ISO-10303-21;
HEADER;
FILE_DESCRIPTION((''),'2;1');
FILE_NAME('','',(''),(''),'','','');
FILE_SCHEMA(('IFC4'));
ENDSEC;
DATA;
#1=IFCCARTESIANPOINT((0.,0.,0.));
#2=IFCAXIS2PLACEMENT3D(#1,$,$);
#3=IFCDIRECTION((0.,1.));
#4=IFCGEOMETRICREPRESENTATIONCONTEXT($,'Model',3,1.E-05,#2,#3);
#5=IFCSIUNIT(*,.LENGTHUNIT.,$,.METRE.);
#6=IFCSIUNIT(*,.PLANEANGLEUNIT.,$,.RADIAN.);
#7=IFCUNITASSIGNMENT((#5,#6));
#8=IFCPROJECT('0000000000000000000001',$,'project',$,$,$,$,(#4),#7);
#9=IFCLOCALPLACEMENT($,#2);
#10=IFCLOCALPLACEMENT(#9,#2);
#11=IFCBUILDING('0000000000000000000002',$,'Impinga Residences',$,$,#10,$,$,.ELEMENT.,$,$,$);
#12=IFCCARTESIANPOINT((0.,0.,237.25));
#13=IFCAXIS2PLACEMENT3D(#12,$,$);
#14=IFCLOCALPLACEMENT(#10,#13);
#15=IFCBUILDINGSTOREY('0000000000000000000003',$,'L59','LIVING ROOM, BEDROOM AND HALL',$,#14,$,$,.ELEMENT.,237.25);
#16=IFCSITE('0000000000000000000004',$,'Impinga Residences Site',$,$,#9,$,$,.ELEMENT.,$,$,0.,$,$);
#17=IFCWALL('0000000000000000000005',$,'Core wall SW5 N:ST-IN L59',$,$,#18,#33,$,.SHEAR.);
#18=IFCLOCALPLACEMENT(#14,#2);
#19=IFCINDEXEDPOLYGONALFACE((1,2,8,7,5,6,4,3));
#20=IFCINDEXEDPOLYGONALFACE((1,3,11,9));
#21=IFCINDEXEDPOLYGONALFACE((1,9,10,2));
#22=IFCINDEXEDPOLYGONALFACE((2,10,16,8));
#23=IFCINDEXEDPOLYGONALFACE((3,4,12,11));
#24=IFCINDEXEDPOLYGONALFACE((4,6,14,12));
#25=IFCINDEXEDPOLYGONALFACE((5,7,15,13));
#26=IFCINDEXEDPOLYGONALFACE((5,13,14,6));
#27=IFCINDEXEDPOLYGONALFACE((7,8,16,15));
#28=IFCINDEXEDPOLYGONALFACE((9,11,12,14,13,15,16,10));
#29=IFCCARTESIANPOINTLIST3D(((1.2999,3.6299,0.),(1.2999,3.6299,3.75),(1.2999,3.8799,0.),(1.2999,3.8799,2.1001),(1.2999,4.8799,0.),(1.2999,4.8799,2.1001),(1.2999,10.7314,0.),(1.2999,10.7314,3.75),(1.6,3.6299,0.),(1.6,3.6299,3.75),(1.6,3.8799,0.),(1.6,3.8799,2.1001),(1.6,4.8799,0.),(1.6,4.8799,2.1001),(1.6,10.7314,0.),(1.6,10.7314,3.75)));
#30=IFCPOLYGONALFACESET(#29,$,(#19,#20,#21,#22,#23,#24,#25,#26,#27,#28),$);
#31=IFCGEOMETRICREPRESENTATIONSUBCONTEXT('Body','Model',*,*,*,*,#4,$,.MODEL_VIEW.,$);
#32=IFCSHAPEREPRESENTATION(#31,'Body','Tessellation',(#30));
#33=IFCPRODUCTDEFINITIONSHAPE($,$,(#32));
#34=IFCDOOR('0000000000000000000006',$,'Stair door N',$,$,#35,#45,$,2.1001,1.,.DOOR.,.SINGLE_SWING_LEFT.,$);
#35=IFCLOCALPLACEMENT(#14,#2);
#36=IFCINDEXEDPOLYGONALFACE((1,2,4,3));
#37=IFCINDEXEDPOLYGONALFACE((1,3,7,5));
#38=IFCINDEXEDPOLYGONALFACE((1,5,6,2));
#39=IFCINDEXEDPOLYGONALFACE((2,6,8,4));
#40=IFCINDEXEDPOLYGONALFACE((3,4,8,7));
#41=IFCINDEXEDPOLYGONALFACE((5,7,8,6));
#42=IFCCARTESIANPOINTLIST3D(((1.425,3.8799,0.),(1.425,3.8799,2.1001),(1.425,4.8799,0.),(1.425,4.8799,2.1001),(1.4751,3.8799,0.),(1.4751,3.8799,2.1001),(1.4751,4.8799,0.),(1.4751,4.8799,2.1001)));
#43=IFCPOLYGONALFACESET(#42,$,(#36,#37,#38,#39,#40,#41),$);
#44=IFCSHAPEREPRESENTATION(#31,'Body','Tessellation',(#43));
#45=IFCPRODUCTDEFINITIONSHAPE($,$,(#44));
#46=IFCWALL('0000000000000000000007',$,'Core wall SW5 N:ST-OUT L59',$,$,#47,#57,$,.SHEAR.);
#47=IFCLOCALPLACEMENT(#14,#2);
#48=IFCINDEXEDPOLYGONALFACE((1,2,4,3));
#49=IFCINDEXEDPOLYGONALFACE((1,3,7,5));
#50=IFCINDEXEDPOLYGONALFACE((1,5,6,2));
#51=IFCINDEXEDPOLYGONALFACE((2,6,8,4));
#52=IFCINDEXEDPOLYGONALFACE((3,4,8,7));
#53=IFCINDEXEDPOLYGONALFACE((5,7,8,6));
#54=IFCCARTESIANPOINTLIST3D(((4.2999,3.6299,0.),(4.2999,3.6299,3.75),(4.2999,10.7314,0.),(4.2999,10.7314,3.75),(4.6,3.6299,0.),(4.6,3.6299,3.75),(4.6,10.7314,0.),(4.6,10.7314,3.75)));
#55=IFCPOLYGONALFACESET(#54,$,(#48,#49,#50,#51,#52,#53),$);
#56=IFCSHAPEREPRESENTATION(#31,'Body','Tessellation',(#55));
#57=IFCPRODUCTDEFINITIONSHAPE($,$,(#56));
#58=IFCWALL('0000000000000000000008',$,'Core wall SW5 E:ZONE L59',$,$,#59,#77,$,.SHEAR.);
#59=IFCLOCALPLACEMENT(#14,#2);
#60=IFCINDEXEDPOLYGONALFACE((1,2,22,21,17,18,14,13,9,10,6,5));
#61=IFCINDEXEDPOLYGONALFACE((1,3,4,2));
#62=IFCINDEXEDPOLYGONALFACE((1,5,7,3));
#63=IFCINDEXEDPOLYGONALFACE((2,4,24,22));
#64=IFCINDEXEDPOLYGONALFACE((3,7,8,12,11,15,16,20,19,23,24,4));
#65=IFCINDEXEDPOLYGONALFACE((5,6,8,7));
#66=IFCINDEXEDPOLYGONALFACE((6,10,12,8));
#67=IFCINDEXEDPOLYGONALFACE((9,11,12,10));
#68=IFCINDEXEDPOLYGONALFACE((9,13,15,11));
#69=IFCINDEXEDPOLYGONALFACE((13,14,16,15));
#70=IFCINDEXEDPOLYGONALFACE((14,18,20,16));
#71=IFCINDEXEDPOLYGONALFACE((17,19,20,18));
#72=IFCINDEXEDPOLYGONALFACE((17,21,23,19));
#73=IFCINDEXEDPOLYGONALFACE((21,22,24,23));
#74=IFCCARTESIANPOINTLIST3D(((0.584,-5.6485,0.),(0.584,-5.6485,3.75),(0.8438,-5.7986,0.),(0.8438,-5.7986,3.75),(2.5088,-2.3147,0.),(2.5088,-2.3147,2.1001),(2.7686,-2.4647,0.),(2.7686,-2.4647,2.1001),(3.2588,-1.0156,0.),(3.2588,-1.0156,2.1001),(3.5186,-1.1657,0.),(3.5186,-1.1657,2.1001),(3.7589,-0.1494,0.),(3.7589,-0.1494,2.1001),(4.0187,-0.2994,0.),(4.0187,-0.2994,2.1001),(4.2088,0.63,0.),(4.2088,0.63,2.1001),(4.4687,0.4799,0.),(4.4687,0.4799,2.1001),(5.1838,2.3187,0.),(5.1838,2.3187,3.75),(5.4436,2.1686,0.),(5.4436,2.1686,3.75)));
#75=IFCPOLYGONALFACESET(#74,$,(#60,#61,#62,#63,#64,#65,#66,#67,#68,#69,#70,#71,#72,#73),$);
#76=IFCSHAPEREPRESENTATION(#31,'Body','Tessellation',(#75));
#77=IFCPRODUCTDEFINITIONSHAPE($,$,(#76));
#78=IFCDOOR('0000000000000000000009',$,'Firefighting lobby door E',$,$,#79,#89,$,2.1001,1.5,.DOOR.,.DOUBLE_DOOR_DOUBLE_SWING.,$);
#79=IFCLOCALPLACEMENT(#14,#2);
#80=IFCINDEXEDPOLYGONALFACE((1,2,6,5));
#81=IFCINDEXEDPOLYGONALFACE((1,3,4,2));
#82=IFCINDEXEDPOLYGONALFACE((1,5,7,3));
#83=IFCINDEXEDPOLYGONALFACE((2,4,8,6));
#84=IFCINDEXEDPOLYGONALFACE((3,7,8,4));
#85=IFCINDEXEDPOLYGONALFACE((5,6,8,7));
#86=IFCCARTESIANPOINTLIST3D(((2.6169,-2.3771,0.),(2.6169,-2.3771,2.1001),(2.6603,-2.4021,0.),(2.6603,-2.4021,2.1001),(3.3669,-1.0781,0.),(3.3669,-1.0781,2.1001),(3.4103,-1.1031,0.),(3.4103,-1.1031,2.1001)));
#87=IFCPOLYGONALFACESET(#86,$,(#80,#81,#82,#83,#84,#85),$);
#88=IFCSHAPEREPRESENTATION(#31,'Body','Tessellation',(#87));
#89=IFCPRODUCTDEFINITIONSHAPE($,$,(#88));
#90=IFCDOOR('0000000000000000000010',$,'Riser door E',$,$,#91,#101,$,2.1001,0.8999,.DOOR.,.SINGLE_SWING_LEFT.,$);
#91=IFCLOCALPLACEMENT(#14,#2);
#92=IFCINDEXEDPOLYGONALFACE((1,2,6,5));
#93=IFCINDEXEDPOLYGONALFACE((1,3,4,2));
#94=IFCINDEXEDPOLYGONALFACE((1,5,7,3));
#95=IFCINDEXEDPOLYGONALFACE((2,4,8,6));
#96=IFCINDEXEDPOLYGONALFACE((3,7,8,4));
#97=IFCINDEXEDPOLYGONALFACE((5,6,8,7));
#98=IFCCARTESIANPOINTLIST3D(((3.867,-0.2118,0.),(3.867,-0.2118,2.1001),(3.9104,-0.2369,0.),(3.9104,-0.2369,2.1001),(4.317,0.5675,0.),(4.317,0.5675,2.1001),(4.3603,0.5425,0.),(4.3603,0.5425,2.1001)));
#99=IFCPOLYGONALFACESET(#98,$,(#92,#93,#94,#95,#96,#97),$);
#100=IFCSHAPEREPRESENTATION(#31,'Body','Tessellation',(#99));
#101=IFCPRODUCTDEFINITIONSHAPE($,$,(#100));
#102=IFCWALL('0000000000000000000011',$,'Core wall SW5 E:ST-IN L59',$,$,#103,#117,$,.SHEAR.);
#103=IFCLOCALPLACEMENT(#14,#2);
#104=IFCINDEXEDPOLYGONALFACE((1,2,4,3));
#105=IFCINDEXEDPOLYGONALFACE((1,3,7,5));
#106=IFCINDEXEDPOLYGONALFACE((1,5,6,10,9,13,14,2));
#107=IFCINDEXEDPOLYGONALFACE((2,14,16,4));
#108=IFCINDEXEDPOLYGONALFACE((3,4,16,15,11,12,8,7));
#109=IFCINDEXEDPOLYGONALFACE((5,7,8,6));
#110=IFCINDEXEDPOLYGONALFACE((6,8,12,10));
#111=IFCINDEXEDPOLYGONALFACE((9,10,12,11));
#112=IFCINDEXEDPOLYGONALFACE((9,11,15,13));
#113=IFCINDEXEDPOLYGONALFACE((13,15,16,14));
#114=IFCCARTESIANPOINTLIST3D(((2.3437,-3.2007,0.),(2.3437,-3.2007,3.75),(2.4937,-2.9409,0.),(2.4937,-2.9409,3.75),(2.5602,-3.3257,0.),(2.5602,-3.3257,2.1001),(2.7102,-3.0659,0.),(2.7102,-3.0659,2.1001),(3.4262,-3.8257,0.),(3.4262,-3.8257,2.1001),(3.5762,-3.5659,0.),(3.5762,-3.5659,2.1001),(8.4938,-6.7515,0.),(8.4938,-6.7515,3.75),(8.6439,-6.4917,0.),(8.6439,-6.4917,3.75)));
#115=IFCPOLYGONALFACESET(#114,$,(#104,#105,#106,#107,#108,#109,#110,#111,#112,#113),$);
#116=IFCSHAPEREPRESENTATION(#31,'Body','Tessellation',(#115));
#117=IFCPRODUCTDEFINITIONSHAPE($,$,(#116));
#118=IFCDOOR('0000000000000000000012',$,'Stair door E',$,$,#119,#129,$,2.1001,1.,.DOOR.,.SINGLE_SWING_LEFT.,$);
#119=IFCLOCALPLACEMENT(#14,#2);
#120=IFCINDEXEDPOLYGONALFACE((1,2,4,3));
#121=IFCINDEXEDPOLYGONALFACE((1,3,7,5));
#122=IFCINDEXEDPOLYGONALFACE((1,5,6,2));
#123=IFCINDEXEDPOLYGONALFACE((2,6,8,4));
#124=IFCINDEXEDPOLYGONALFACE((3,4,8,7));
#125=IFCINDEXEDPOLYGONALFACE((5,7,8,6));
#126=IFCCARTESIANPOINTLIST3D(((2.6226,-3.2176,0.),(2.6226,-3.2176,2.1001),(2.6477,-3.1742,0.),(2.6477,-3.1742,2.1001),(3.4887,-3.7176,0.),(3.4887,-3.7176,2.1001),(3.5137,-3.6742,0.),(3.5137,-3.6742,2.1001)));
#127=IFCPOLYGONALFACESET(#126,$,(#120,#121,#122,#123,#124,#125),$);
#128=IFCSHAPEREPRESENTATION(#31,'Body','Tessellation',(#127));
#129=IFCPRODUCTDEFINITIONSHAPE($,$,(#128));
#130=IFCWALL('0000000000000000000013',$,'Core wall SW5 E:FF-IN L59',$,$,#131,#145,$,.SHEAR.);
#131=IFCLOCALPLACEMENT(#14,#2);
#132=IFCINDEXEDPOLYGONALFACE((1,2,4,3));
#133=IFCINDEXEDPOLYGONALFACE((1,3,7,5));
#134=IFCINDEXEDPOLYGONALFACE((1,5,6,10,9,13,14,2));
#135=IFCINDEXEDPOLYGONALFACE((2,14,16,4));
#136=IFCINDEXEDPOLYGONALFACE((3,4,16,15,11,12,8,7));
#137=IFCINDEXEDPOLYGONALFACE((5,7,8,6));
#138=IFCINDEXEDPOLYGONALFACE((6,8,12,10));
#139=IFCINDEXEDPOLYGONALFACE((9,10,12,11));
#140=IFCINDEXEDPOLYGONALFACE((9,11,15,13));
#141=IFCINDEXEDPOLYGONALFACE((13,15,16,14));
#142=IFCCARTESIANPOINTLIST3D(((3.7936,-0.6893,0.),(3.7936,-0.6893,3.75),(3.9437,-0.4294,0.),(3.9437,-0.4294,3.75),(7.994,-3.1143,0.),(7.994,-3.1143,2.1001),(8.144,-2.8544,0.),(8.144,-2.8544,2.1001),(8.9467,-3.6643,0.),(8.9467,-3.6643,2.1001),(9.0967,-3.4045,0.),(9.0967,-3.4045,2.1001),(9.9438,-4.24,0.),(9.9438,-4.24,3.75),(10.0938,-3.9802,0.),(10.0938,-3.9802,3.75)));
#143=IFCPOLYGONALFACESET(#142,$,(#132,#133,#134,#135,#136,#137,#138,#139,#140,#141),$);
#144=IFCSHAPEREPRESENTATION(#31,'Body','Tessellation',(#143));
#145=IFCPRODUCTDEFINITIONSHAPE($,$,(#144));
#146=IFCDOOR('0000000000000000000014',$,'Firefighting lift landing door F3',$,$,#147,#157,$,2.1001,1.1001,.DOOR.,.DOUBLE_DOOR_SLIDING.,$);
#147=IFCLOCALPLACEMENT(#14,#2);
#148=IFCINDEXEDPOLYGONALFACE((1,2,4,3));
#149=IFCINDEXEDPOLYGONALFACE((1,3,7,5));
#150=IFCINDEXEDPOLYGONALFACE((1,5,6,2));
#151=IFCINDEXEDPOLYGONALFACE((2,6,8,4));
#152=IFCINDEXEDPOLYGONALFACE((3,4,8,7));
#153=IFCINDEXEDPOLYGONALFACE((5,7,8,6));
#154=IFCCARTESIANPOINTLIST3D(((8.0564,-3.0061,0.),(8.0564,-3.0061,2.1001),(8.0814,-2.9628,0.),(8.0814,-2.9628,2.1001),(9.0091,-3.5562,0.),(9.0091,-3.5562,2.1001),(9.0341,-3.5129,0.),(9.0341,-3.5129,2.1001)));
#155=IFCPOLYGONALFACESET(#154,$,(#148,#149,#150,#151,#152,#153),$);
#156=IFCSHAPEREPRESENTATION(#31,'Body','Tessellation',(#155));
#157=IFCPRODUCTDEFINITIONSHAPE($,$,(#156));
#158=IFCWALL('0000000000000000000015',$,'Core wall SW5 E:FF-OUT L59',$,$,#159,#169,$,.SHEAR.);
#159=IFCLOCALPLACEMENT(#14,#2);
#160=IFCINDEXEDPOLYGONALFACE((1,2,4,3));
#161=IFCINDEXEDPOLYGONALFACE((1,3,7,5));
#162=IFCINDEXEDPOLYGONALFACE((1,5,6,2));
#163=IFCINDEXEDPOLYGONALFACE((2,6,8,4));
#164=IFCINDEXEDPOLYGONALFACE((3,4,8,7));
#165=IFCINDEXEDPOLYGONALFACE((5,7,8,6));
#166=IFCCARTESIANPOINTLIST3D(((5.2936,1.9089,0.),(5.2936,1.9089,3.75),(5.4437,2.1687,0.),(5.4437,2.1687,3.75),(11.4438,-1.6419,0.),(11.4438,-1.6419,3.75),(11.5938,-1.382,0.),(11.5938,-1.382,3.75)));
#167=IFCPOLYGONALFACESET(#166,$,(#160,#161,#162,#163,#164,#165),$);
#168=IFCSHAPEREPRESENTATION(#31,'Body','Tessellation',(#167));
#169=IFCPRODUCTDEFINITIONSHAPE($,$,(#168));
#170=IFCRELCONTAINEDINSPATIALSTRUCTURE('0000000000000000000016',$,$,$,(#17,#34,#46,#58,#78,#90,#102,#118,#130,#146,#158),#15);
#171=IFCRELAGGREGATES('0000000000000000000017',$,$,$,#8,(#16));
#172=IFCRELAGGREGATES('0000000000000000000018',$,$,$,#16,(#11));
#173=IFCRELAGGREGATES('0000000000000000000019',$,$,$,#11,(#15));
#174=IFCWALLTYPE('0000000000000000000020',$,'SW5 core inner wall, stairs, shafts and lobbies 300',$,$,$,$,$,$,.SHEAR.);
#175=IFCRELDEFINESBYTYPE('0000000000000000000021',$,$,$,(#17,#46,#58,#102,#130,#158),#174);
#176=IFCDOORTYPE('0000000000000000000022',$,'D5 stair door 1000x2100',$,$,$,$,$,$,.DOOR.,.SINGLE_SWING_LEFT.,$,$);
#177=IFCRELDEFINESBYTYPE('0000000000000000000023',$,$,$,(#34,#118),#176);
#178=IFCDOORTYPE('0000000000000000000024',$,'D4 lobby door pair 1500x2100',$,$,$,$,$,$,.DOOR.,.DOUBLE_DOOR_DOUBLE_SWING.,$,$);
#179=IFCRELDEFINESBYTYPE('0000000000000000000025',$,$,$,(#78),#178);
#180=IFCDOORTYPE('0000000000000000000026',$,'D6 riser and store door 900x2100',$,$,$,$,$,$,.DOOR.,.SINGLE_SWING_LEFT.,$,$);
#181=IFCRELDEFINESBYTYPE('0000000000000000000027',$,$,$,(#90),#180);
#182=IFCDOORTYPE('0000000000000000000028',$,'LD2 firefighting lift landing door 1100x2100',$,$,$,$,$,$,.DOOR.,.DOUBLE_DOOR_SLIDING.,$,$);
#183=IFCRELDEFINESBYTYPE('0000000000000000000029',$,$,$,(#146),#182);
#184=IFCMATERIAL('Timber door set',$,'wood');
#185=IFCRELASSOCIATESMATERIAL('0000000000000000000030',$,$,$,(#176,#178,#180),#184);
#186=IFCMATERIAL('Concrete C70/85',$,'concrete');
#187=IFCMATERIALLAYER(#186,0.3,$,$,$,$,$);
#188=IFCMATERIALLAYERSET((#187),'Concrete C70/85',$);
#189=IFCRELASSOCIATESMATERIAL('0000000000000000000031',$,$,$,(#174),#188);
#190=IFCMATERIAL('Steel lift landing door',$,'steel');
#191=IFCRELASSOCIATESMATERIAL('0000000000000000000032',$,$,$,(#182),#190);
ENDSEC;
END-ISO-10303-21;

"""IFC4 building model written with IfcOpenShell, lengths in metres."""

from ifc_helpers import new_model, si_unit, direction, frame, frame_2d, origin, place, context, subcontext, project, spatial, rectangle, extrude, material, layer, layer_set, type_object, element, fill, save


model = new_model("IFC4")

# Units and contexts
model_context = context("Model", 3, precision=1e-05, world=origin(), true_north=direction((0.0, 1.0)))
body_context = subcontext(model_context, "Body", "Model", "MODEL_VIEW")
ifc_project = project(units=[si_unit("LENGTHUNIT", "METRE"), si_unit("PLANEANGLEUNIT", "RADIAN")], contexts=[model_context])

# Site, building, storey
site_placement = place(None, origin())
site = spatial("IfcSite", under=ifc_project, at=site_placement, Name="Impinga Residences Site", CompositionType="ELEMENT", RefElevation=0.0)
building_placement = place(site_placement, origin())
building = spatial("IfcBuilding", under=site, at=building_placement, Name="Impinga Residences", CompositionType="ELEMENT")
storey_placement = place(building_placement, frame((0.0, 0.0, 237.25)))
storey = spatial("IfcBuildingStorey", under=building, at=storey_placement, Name="L59", Description="LIVING ROOM, BEDROOM AND HALL", CompositionType="ELEMENT", Elevation=237.25)

# Shared definitions
ifc_material_1 = material(Name="Timber door set", Category="wood")
door_type_1 = type_object("IfcDoorType", Name="D5 stair door 1000x2100", OperationType="SINGLE_SWING_LEFT", PredefinedType="DOOR", material=ifc_material_1)

# Wall, opening, door
ifc_material_2 = material(Name="Concrete C70/85", Category="concrete")
ifc_layer_1 = layer(ifc_material_2, 0.3)
ifc_layer_set_1 = layer_set([ifc_layer_1], Name="Concrete C70/85")
wall_type_1 = type_object("IfcWallType", Name="SW5 core inner wall, stairs, shafts and lobbies 300", PredefinedType="SHEAR", material=ifc_layer_set_1)
wall_1_placement = place(storey_placement, frame((1.45, 3.6299, 0.0), z_axis=(0.0, 0.0, 1.0), x_axis=(0.0, 1.0, 0.0)))
wall_1 = element("IfcWall", 1, at=wall_1_placement, inside=storey, type_object=wall_type_1, Name="Core wall SW5 N:ST-IN L59", PredefinedType="SHEAR", context=body_context, shape_type="SweptSolid", body=[
    extrude(rectangle(XDim=7.1016, YDim=0.3, at=frame_2d((3.5508, 0.0))), origin(), (0.0, 0.0, 1.0), 3.75),
])
opening_1_placement = place(wall_1_placement, frame((0.25, 0.0, 0.0)))
opening_1 = element("IfcOpeningElement", 2, at=opening_1_placement, cuts=wall_1, PredefinedType="OPENING", context=body_context, shape_type="SweptSolid", body=[
    extrude(rectangle(XDim=1.0, YDim=2.1001, at=frame_2d((0.5, 1.05))), frame((0.0, 0.1599, 0.0), z_axis=(0.0, -1.0, 0.0), x_axis=(1.0, 0.0, 0.0)), (0.0, 0.0, 1.0), 0.3201),
])
door_1_placement = place(opening_1_placement, origin())
door_1 = element("IfcDoor", 3, at=door_1_placement, inside=storey, type_object=door_type_1, Name="Stair door N", OperationType="SINGLE_SWING_LEFT", OverallHeight=2.1001, OverallWidth=1.0, PredefinedType="DOOR", context=body_context, shape_type="SweptSolid", body=[
    extrude(rectangle(XDim=1.0, YDim=2.1001, at=frame_2d((0.5, 1.05))), frame((0.0, 0.0249, 0.0), z_axis=(0.0, -1.0, 0.0), x_axis=(1.0, 0.0, 0.0)), (0.0, 0.0, 1.0), 0.05),
])
fill(opening_1, door_1)

# Wall
wall_2_placement = place(storey_placement, frame((4.45, 3.6299, 0.0), z_axis=(0.0, 0.0, 1.0), x_axis=(0.0, 1.0, 0.0)))
element("IfcWall", 4, at=wall_2_placement, inside=storey, type_object=wall_type_1, Name="Core wall SW5 N:ST-OUT L59", PredefinedType="SHEAR", context=body_context, shape_type="SweptSolid", body=[
    extrude(rectangle(XDim=7.1016, YDim=0.3, at=frame_2d((3.5508, 0.0))), origin(), (0.0, 0.0, 1.0), 3.75),
])

# Wall, openings, doors
wall_3_placement = place(storey_placement, frame((5.3137, 2.2437, 0.0), z_axis=(0.0, 0.0, 1.0), x_axis=(-0.499995, -0.866028, 0.0)))
wall_3 = element("IfcWall", 5, at=wall_3_placement, inside=storey, type_object=wall_type_1, Name="Core wall SW5 E:ZONE L59", PredefinedType="SHEAR", context=body_context, shape_type="SweptSolid", body=[
    extrude(rectangle(XDim=9.1997, YDim=0.3, at=frame_2d((4.5999, 0.0))), origin(), (0.0, 0.0, 1.0), 3.75),
])
opening_2_placement = place(wall_3_placement, frame((3.8501, 0.0, 0.0)))
opening_2 = element("IfcOpeningElement", 6, at=opening_2_placement, cuts=wall_3, PredefinedType="OPENING", context=body_context, shape_type="SweptSolid", body=[
    extrude(rectangle(XDim=1.5, YDim=2.1001, at=frame_2d((0.75, 1.05))), frame((0.0, 0.1599, 0.0), z_axis=(0.0, -1.0, 0.0), x_axis=(1.0, 0.0, 0.0)), (0.0, 0.0, 1.0), 0.3201),
])
opening_3_placement = place(wall_3_placement, frame((1.95, 0.0, 0.0)))
opening_3 = element("IfcOpeningElement", 7, at=opening_3_placement, cuts=wall_3, PredefinedType="OPENING", context=body_context, shape_type="SweptSolid", body=[
    extrude(rectangle(XDim=0.8999, YDim=2.1001, at=frame_2d((0.45, 1.05))), frame((0.0, 0.1599, 0.0), z_axis=(0.0, -1.0, 0.0), x_axis=(1.0, 0.0, 0.0)), (0.0, 0.0, 1.0), 0.3201),
])
door_type_2 = type_object("IfcDoorType", Name="D4 lobby door pair 1500x2100", OperationType="DOUBLE_DOOR_DOUBLE_SWING", PredefinedType="DOOR", material=ifc_material_1)
door_2_placement = place(opening_2_placement, origin())
door_2 = element("IfcDoor", 8, at=door_2_placement, inside=storey, type_object=door_type_2, Name="Firefighting lobby door E", OperationType="DOUBLE_DOOR_DOUBLE_SWING", OverallHeight=2.1001, OverallWidth=1.5, PredefinedType="DOOR", context=body_context, shape_type="SweptSolid", body=[
    extrude(rectangle(XDim=1.5, YDim=2.1001, at=frame_2d((0.75, 1.05))), frame((0.0, 0.0249, 0.0), z_axis=(0.0, -1.0, 0.0), x_axis=(1.0, 0.0, 0.0)), (0.0, 0.0, 1.0), 0.05),
])
fill(opening_2, door_2)
door_type_3 = type_object("IfcDoorType", Name="D6 riser and store door 900x2100", OperationType="SINGLE_SWING_LEFT", PredefinedType="DOOR", material=ifc_material_1)
door_3_placement = place(opening_3_placement, origin())
door_3 = element("IfcDoor", 9, at=door_3_placement, inside=storey, type_object=door_type_3, Name="Riser door E", OperationType="SINGLE_SWING_LEFT", OverallHeight=2.1001, OverallWidth=0.8999, PredefinedType="DOOR", context=body_context, shape_type="SweptSolid", body=[
    extrude(rectangle(XDim=0.8999, YDim=2.1001, at=frame_2d((0.45, 1.05))), frame((0.0, 0.0249, 0.0), z_axis=(0.0, -1.0, 0.0), x_axis=(1.0, 0.0, 0.0)), (0.0, 0.0, 1.0), 0.05),
])
fill(opening_3, door_3)

# Walls, openings, doors
wall_4_placement = place(storey_placement, frame((2.4187, -3.0708, 0.0), z_axis=(0.0, 0.0, 1.0), x_axis=(0.866026, -0.499999, 0.0)))
wall_4 = element("IfcWall", 10, at=wall_4_placement, inside=storey, type_object=wall_type_1, Name="Core wall SW5 E:ST-IN L59", PredefinedType="SHEAR", context=body_context, shape_type="SweptSolid", body=[
    extrude(rectangle(XDim=7.1016, YDim=0.3, at=frame_2d((3.5508, 0.0))), origin(), (0.0, 0.0, 1.0), 3.75),
])
opening_4_placement = place(wall_4_placement, frame((0.25, 0.0, 0.0)))
opening_4 = element("IfcOpeningElement", 11, at=opening_4_placement, cuts=wall_4, PredefinedType="OPENING", context=body_context, shape_type="SweptSolid", body=[
    extrude(rectangle(XDim=1.0, YDim=2.1001, at=frame_2d((0.5, 1.05))), frame((0.0, 0.1599, 0.0), z_axis=(0.0, -1.0, 0.0), x_axis=(1.0, 0.0, 0.0)), (0.0, 0.0, 1.0), 0.3201),
])
door_4_placement = place(opening_4_placement, origin())
door_4 = element("IfcDoor", 12, at=door_4_placement, inside=storey, type_object=door_type_1, Name="Stair door E", OperationType="SINGLE_SWING_LEFT", OverallHeight=2.1001, OverallWidth=1.0, PredefinedType="DOOR", context=body_context, shape_type="SweptSolid", body=[
    extrude(rectangle(XDim=1.0, YDim=2.1001, at=frame_2d((0.5, 1.05))), frame((0.0, 0.0249, 0.0), z_axis=(0.0, -1.0, 0.0), x_axis=(1.0, 0.0, 0.0)), (0.0, 0.0, 1.0), 0.05),
])
fill(opening_4, door_4)
wall_5_placement = place(storey_placement, frame((3.8687, -0.5593, 0.0), z_axis=(0.0, 0.0, 1.0), x_axis=(0.866026, -0.499999, 0.0)))
wall_5 = element("IfcWall", 13, at=wall_5_placement, inside=storey, type_object=wall_type_1, Name="Core wall SW5 E:FF-IN L59", PredefinedType="SHEAR", context=body_context, shape_type="SweptSolid", body=[
    extrude(rectangle(XDim=7.1016, YDim=0.3, at=frame_2d((3.5508, 0.0))), origin(), (0.0, 0.0, 1.0), 3.75),
])
opening_5_placement = place(wall_5_placement, frame((4.8501, 0.0, 0.0)))
opening_5 = element("IfcOpeningElement", 14, at=opening_5_placement, cuts=wall_5, PredefinedType="OPENING", context=body_context, shape_type="SweptSolid", body=[
    extrude(rectangle(XDim=1.1001, YDim=2.1001, at=frame_2d((0.55, 1.05))), frame((0.0, 0.1599, 0.0), z_axis=(0.0, -1.0, 0.0), x_axis=(1.0, 0.0, 0.0)), (0.0, 0.0, 1.0), 0.3201),
])
ifc_material_3 = material(Name="Steel lift landing door", Category="steel")
door_type_4 = type_object("IfcDoorType", Name="LD2 firefighting lift landing door 1100x2100", OperationType="DOUBLE_DOOR_SLIDING", PredefinedType="DOOR", material=ifc_material_3)
door_5_placement = place(opening_5_placement, origin())
door_5 = element("IfcDoor", 15, at=door_5_placement, inside=storey, type_object=door_type_4, Name="Firefighting lift landing door F3", OperationType="DOUBLE_DOOR_SLIDING", OverallHeight=2.1001, OverallWidth=1.1001, PredefinedType="DOOR", context=body_context, shape_type="SweptSolid", body=[
    extrude(rectangle(XDim=1.1001, YDim=2.1001, at=frame_2d((0.55, 1.05))), frame((0.0, 0.0249, 0.0), z_axis=(0.0, -1.0, 0.0), x_axis=(1.0, 0.0, 0.0)), (0.0, 0.0, 1.0), 0.05),
])
fill(opening_5, door_5)

# Wall
wall_6_placement = place(storey_placement, frame((5.3687, 2.0388, 0.0), z_axis=(0.0, 0.0, 1.0), x_axis=(0.866026, -0.499999, 0.0)))
element("IfcWall", 16, at=wall_6_placement, inside=storey, type_object=wall_type_1, Name="Core wall SW5 E:FF-OUT L59", PredefinedType="SHEAR", context=body_context, shape_type="SweptSolid", body=[
    extrude(rectangle(XDim=7.1016, YDim=0.3, at=frame_2d((3.5508, 0.0))), origin(), (0.0, 0.0, 1.0), 3.75),
])

save(model, "model.ifc")
